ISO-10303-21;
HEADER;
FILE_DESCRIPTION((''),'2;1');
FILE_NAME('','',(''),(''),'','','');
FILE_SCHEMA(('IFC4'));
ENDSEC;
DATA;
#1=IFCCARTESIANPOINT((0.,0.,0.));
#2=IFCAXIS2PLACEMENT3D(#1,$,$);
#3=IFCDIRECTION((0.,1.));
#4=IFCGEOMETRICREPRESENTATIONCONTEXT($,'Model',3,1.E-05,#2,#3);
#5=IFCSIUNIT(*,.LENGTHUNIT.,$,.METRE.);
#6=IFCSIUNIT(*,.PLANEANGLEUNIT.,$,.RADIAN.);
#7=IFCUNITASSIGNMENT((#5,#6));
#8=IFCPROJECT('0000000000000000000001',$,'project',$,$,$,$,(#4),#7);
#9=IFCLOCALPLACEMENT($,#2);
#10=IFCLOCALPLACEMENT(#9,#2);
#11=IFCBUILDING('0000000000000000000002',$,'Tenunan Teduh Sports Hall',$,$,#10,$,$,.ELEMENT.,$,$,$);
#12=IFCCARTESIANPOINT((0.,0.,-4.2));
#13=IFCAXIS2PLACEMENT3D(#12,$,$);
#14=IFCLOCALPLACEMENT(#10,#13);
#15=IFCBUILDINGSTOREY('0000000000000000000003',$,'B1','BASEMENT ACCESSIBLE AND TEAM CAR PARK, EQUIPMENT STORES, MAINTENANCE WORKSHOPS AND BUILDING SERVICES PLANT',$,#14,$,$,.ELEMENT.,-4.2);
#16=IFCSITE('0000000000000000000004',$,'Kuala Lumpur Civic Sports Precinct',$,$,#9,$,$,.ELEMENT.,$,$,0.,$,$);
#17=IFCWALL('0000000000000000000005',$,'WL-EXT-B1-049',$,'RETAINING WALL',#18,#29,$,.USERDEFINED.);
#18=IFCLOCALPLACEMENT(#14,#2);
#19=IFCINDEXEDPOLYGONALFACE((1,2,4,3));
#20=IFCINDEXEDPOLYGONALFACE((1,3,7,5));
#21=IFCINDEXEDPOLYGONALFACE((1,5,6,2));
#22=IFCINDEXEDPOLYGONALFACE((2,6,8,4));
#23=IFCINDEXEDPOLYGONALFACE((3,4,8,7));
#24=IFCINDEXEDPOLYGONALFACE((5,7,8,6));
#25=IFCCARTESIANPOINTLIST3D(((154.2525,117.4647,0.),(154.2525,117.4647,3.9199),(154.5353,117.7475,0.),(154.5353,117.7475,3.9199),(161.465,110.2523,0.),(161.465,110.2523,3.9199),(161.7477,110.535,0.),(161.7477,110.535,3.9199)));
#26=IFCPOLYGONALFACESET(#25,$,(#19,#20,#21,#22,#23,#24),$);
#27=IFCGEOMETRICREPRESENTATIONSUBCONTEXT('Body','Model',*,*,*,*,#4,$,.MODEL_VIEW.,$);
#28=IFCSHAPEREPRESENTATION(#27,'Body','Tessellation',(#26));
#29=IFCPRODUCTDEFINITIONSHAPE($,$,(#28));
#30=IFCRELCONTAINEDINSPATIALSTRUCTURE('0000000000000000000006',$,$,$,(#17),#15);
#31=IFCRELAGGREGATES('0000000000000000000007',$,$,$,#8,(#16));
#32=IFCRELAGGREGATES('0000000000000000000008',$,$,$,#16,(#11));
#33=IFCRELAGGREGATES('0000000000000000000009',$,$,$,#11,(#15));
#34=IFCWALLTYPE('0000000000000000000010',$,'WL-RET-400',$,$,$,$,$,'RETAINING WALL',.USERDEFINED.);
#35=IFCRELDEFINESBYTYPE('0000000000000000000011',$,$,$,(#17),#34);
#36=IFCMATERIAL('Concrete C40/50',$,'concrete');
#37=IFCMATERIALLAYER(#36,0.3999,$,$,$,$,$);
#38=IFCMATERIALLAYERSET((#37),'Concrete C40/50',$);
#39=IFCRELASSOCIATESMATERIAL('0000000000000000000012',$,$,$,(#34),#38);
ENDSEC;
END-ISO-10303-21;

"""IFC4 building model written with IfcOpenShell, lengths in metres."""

from ifc_helpers import new_model, si_unit, direction, frame, frame_2d, origin, place, context, subcontext, project, spatial, rectangle, extrude, material, layer, layer_set, type_object, element, save


model = new_model("IFC4")

# Units and contexts
model_context = context("Model", 3, precision=1e-05, world=origin(), true_north=direction((0.0, 1.0)))
body_context = subcontext(model_context, "Body", "Model", "MODEL_VIEW")
ifc_project = project(units=[si_unit("LENGTHUNIT", "METRE"), si_unit("PLANEANGLEUNIT", "RADIAN")], contexts=[model_context])

# Site, building, storey
site_placement = place(None, origin())
site = spatial("IfcSite", under=ifc_project, at=site_placement, Name="Kuala Lumpur Civic Sports Precinct", CompositionType="ELEMENT", RefElevation=0.0)
building_placement = place(site_placement, origin())
building = spatial("IfcBuilding", under=site, at=building_placement, Name="Tenunan Teduh Sports Hall", CompositionType="ELEMENT")
storey_placement = place(building_placement, frame((0.0, 0.0, -4.2)))
storey = spatial("IfcBuildingStorey", under=building, at=storey_placement, Name="B1", Description="BASEMENT ACCESSIBLE AND TEAM CAR PARK, EQUIPMENT STORES, MAINTENANCE WORKSHOPS AND BUILDING SERVICES PLANT", CompositionType="ELEMENT", Elevation=-4.2)

# Wall
ifc_material_1 = material(Name="Concrete C40/50", Category="concrete")
ifc_layer_1 = layer(ifc_material_1, 0.3999)
ifc_layer_set_1 = layer_set([ifc_layer_1], Name="Concrete C40/50")
wall_type_1 = type_object("IfcWallType", Name="WL-RET-400", ElementType="RETAINING WALL", PredefinedType="USERDEFINED", material=ifc_layer_set_1)
wall_1_placement = place(storey_placement, frame((154.3938, 117.6062, 0.0), z_axis=(0.0, 0.0, 1.0), x_axis=(0.707107, -0.707107, 0.0)))
element("IfcWall", 1, at=wall_1_placement, inside=storey, type_object=wall_type_1, Name="WL-EXT-B1-049", ObjectType="RETAINING WALL", PredefinedType="USERDEFINED", context=body_context, shape_type="SweptSolid", body=[
    extrude(rectangle(XDim=10.2, YDim=0.3999, at=frame_2d((5.1001, 0.0))), origin(), (0.0, 0.0, 1.0), 3.9199),
])

save(model, "model.ifc")
